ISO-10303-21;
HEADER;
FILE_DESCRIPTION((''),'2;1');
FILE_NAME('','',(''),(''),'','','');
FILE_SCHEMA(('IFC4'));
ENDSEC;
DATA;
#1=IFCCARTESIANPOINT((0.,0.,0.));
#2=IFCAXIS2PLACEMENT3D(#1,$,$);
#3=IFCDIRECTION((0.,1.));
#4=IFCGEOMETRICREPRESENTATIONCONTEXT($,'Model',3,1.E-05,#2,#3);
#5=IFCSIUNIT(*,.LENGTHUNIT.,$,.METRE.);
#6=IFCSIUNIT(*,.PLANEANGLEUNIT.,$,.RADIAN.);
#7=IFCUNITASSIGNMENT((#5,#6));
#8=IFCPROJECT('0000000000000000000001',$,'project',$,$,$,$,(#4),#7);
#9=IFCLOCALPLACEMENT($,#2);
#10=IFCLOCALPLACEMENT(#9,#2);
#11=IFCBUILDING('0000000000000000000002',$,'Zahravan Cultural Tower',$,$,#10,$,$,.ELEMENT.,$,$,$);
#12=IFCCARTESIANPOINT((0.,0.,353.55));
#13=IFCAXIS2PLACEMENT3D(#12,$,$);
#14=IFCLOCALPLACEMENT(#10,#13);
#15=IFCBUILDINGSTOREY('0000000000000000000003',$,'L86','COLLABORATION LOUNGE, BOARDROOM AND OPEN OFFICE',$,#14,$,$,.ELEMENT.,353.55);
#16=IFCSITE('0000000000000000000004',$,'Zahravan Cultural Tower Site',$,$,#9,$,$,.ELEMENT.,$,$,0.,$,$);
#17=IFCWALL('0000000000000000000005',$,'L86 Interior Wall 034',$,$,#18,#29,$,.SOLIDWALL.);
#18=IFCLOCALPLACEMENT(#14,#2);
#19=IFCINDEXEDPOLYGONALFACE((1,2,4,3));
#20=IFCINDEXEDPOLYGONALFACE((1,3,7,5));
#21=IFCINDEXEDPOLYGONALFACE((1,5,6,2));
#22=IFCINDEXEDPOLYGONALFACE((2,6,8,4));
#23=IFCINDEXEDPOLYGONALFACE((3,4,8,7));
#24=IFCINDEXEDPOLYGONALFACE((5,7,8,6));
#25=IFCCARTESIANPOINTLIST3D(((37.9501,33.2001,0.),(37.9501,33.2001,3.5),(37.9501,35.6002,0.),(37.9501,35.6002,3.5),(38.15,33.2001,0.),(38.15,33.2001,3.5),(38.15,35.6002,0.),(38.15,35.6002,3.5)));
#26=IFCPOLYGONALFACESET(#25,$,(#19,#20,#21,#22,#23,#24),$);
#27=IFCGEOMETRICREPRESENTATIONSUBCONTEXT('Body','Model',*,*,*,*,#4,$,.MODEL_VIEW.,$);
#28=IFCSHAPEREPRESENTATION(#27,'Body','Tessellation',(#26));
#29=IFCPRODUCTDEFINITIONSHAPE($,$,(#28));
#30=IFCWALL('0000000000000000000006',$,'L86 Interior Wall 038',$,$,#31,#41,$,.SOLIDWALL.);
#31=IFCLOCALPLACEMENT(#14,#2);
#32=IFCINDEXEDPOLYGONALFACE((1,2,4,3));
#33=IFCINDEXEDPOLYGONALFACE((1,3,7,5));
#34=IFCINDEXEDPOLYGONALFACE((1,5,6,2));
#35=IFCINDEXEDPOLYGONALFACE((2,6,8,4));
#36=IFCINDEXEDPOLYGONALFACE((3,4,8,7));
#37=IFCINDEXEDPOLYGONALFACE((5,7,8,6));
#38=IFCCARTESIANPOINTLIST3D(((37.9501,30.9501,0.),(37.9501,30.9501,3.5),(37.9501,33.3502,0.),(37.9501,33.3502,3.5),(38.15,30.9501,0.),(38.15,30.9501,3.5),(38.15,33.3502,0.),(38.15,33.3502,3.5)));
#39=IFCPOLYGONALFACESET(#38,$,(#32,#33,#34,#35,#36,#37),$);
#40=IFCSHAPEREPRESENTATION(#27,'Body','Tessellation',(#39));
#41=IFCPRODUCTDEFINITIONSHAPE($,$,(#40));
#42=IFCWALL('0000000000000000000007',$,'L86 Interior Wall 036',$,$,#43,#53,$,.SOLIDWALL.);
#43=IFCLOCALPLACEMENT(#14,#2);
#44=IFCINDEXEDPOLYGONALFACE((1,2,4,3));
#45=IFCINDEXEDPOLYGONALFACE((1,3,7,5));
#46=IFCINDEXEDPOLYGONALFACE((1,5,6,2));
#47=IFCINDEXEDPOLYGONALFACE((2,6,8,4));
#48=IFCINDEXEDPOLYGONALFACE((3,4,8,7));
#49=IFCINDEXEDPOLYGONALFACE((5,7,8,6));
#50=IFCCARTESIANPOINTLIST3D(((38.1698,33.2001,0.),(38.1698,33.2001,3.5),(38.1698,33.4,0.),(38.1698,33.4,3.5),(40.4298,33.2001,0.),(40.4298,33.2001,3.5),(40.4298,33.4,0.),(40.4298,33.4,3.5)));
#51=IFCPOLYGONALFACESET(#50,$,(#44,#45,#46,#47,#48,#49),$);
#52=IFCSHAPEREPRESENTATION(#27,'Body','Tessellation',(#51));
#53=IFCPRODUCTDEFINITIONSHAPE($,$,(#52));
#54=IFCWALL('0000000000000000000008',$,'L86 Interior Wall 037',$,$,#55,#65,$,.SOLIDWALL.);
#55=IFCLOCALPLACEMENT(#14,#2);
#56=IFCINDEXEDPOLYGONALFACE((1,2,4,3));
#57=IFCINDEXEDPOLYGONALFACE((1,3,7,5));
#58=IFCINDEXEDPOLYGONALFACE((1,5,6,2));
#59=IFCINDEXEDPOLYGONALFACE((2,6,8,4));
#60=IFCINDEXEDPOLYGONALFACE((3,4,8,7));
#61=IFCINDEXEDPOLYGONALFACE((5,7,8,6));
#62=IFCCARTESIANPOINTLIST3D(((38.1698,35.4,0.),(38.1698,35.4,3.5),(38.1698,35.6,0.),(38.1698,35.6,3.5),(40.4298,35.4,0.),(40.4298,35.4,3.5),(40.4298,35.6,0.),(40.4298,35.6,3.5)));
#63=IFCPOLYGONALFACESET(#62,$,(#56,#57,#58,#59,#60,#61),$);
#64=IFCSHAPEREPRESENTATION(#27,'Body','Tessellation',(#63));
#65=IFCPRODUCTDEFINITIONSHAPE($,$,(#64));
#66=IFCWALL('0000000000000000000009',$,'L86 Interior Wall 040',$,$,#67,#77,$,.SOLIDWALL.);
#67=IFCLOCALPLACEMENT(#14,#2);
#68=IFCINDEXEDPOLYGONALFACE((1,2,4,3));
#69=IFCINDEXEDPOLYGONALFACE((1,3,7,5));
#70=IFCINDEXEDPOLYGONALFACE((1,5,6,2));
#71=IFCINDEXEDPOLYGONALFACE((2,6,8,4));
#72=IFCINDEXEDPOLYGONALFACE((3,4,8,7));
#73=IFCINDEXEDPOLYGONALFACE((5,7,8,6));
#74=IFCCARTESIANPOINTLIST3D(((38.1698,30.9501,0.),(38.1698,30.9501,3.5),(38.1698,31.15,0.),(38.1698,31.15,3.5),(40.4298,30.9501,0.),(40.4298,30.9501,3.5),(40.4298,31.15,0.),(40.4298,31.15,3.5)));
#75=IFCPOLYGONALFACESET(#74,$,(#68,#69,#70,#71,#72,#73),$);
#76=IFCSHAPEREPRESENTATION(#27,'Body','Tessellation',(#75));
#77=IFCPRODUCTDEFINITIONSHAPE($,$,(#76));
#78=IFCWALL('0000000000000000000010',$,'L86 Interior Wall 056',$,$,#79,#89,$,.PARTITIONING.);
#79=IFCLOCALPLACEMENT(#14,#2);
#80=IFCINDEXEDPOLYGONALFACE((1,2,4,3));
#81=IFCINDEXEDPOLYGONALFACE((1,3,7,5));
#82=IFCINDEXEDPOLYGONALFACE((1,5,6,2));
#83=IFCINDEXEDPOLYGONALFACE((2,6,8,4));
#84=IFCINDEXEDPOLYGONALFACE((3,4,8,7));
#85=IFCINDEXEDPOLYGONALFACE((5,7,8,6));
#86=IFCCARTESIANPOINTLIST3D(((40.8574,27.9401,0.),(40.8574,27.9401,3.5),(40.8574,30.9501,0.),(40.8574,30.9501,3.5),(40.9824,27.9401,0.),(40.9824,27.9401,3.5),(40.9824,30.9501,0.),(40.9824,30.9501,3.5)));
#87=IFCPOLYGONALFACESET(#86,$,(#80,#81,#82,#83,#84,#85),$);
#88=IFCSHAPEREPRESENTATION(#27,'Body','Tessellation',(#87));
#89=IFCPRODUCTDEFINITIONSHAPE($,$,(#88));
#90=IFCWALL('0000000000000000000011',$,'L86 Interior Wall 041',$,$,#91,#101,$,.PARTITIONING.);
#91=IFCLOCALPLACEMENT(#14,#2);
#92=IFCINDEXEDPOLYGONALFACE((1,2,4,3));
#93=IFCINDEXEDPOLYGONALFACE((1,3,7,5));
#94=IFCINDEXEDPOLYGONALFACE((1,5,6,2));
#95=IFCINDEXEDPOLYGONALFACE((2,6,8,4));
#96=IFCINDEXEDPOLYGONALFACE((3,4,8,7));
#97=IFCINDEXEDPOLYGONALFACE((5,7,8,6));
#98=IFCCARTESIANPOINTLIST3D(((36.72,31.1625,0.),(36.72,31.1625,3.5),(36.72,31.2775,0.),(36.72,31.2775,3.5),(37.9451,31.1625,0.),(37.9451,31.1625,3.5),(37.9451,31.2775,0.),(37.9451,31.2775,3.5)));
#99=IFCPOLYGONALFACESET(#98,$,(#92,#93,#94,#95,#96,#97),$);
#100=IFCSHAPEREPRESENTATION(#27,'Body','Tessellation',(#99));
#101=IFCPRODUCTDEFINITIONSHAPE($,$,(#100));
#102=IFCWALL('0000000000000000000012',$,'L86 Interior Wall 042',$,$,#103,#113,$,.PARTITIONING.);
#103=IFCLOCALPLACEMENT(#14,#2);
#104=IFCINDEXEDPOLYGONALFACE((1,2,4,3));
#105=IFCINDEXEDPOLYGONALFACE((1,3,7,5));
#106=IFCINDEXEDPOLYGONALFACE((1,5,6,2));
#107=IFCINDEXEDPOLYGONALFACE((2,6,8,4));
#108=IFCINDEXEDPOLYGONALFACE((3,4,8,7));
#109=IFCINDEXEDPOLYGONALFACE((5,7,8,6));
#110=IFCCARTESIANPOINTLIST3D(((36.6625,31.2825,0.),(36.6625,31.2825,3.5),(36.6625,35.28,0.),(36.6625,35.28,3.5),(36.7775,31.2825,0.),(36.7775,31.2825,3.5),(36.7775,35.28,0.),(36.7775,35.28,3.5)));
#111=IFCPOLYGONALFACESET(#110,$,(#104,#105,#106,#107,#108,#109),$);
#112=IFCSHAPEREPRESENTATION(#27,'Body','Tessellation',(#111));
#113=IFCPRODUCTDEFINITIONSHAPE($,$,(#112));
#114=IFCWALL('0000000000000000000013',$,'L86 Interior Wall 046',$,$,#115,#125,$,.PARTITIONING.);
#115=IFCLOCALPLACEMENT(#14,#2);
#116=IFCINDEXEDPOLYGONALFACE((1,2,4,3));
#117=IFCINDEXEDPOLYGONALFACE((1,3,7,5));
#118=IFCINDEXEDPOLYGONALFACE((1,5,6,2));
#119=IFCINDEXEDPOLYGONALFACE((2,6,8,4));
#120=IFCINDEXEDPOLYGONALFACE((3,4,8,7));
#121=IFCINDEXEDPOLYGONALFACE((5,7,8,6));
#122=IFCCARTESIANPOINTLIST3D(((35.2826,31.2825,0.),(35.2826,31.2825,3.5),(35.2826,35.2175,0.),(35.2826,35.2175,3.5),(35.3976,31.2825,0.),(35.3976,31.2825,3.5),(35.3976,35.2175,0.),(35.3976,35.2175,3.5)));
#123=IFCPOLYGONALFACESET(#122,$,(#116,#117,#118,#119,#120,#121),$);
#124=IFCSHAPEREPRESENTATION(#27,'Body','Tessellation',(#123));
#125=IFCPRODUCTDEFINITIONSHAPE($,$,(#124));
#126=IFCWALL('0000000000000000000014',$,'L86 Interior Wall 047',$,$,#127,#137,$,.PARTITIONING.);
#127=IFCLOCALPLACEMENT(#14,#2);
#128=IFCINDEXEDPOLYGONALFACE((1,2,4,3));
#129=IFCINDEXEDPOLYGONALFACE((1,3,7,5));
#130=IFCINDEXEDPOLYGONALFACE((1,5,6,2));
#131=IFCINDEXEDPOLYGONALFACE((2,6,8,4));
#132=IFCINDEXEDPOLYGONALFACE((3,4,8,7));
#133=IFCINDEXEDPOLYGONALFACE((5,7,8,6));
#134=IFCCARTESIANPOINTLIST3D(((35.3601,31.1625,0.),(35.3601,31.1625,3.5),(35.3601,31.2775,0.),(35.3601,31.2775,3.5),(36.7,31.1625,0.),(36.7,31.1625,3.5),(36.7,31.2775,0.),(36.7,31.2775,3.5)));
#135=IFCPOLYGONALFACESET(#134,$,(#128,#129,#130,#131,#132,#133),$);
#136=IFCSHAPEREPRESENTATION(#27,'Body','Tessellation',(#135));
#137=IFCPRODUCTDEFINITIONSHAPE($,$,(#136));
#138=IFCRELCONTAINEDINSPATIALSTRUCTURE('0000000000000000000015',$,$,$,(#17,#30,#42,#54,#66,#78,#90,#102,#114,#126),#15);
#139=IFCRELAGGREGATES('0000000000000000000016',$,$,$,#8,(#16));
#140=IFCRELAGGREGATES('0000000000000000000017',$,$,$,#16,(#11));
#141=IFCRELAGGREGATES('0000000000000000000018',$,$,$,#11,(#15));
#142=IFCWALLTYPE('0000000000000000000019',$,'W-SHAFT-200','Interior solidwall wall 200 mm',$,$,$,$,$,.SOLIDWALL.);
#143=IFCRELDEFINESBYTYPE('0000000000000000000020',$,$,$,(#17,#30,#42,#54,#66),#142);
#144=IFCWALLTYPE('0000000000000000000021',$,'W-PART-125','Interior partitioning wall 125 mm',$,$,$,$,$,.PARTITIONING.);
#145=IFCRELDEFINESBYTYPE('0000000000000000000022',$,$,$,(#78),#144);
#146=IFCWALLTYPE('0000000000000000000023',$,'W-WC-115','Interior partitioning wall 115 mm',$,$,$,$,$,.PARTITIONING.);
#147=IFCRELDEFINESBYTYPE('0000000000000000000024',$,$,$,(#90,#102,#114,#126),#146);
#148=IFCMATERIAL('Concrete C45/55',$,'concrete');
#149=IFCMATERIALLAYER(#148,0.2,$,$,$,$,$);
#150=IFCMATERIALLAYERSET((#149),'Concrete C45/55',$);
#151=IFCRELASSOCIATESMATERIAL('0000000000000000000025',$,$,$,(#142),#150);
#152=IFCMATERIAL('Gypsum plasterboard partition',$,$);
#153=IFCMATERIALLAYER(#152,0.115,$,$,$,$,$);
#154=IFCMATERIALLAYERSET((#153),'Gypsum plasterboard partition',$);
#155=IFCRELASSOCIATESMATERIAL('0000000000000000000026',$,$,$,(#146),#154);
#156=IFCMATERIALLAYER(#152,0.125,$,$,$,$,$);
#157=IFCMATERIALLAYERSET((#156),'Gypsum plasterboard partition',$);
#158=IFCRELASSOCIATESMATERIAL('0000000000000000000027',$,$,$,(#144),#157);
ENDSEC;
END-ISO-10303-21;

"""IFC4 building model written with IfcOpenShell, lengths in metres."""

from ifc_helpers import new_model, si_unit, direction, frame, frame_2d, origin, place, context, subcontext, project, spatial, rectangle, extrude, source, transform, mapped, material, layer, layer_set, type_object, element, save


model = new_model("IFC4")

# Units and contexts
model_context = context("Model", 3, precision=1e-05, world=origin(), true_north=direction((0.0, 1.0)))
body_context = subcontext(model_context, "Body", "Model", "MODEL_VIEW")
ifc_project = project(units=[si_unit("LENGTHUNIT", "METRE"), si_unit("PLANEANGLEUNIT", "RADIAN")], contexts=[model_context])

# Site, building, storey
site_placement = place(None, origin())
site = spatial("IfcSite", under=ifc_project, at=site_placement, Name="Zahravan Cultural Tower Site", CompositionType="ELEMENT", RefElevation=0.0)
building_placement = place(site_placement, origin())
building = spatial("IfcBuilding", under=site, at=building_placement, Name="Zahravan Cultural Tower", CompositionType="ELEMENT")
storey_placement = place(building_placement, frame((0.0, 0.0, 353.55)))
storey = spatial("IfcBuildingStorey", under=building, at=storey_placement, Name="L86", Description="COLLABORATION LOUNGE, BOARDROOM AND OPEN OFFICE", CompositionType="ELEMENT", Elevation=353.55)

# Shared definitions
ifc_material_1 = material(Name="Concrete C45/55", Category="concrete")
ifc_layer_1 = layer(ifc_material_1, 0.2)
ifc_layer_set_1 = layer_set([ifc_layer_1], Name="Concrete C45/55")
wall_type_1 = type_object("IfcWallType", Name="W-SHAFT-200", Description="Interior solidwall wall 200 mm", PredefinedType="SOLIDWALL", material=ifc_layer_set_1)
ifc_material_2 = material(Name="Gypsum plasterboard partition")
ifc_layer_2 = layer(ifc_material_2, 0.115)
ifc_layer_set_2 = layer_set([ifc_layer_2], Name="Gypsum plasterboard partition")
wall_type_2 = type_object("IfcWallType", Name="W-WC-115", Description="Interior partitioning wall 115 mm", PredefinedType="PARTITIONING", material=ifc_layer_set_2)

# Walls
shared_shape_1 = source(origin(), body_context, "Body", "SweptSolid", [
    extrude(rectangle(XDim=2.4001, YDim=0.2, at=frame_2d((1.2002, 0.0))), origin(), (0.0, 0.0, 1.0), 3.5),
])
for number, where, z_axis, x_axis, name in (
    (1, (38.05, 33.2, 0.0), (0.0, 0.0, 1.0), (0.0, 1.0, 0.0), "L86 Interior Wall 034"),
    (2, (38.05, 30.95, 0.0), (0.0, 0.0, 1.0), (0.0, 1.0, 0.0), "L86 Interior Wall 038"),
):
    element("IfcWall", number, at=place(storey_placement, frame(where, z_axis=z_axis, x_axis=x_axis)), inside=storey, type_object=wall_type_1, Name=name, PredefinedType="SOLIDWALL", context=body_context, shape_type="MappedRepresentation", body=[
        mapped(shared_shape_1, transform((0.0, 0.0, 0.0), x_axis=(1.0, 0.0, 0.0), y_axis=(0.0, 1.0, 0.0), z_axis=(0.0, 0.0, 1.0), scale=1.0)),
    ])
shared_shape_2 = source(origin(), body_context, "Body", "SweptSolid", [
    extrude(rectangle(XDim=2.26, YDim=0.2, at=frame_2d((1.1299, 0.0))), origin(), (0.0, 0.0, 1.0), 3.5),
])
for number, where, z_axis, x_axis, name in (
    (3, (38.1699, 33.3, 0.0), (0.0, 0.0, 1.0), (1.0, 0.0, 0.0), "L86 Interior Wall 036"),
    (4, (38.1699, 35.5, 0.0), (0.0, 0.0, 1.0), (1.0, 0.0, 0.0), "L86 Interior Wall 037"),
    (5, (38.1699, 31.05, 0.0), (0.0, 0.0, 1.0), (1.0, 0.0, 0.0), "L86 Interior Wall 040"),
):
    element("IfcWall", number, at=place(storey_placement, frame(where, z_axis=z_axis, x_axis=x_axis)), inside=storey, type_object=wall_type_1, Name=name, PredefinedType="SOLIDWALL", context=body_context, shape_type="MappedRepresentation", body=[
        mapped(shared_shape_2, transform((0.0, 0.0, 0.0), x_axis=(1.0, 0.0, 0.0), y_axis=(0.0, 1.0, 0.0), z_axis=(0.0, 0.0, 1.0), scale=1.0)),
    ])
ifc_layer_3 = layer(ifc_material_2, 0.125)
ifc_layer_set_3 = layer_set([ifc_layer_3], Name="Gypsum plasterboard partition")
wall_type_3 = type_object("IfcWallType", Name="W-PART-125", Description="Interior partitioning wall 125 mm", PredefinedType="PARTITIONING", material=ifc_layer_set_3)
shared_shape_3 = source(origin(), body_context, "Body", "SweptSolid", [
    extrude(rectangle(XDim=3.01, YDim=0.125, at=frame_2d((1.5049, 0.0))), origin(), (0.0, 0.0, 1.0), 3.5),
])
wall_1_placement = place(storey_placement, frame((40.9199, 30.95, 0.0), z_axis=(0.0, 0.0, 1.0), x_axis=(0.0, -1.0, 0.0)))
element("IfcWall", 6, at=wall_1_placement, inside=storey, type_object=wall_type_3, Name="L86 Interior Wall 056", PredefinedType="PARTITIONING", context=body_context, shape_type="MappedRepresentation", body=[
    mapped(shared_shape_3, transform((0.0, 0.0, 0.0), x_axis=(1.0, 0.0, 0.0), y_axis=(0.0, 1.0, 0.0), z_axis=(0.0, 0.0, 1.0), scale=1.0)),
])
shared_shape_4 = source(origin(), body_context, "Body", "SweptSolid", [
    extrude(rectangle(XDim=1.2251, YDim=0.115, at=frame_2d((0.6125, 0.0))), origin(), (0.0, 0.0, 1.0), 3.5),
])
wall_2_placement = place(storey_placement, frame((37.9451, 31.22, 0.0), z_axis=(0.0, 0.0, 1.0), x_axis=(-1.0, 0.0, 0.0)))
element("IfcWall", 7, at=wall_2_placement, inside=storey, type_object=wall_type_2, Name="L86 Interior Wall 041", PredefinedType="PARTITIONING", context=body_context, shape_type="MappedRepresentation", body=[
    mapped(shared_shape_4, transform((0.0, 0.0, 0.0), x_axis=(1.0, 0.0, 0.0), y_axis=(0.0, 1.0, 0.0), z_axis=(0.0, 0.0, 1.0), scale=1.0)),
])
shared_shape_5 = source(origin(), body_context, "Body", "SweptSolid", [
    extrude(rectangle(XDim=3.9976, YDim=0.115, at=frame_2d((1.9988, 0.0))), origin(), (0.0, 0.0, 1.0), 3.5),
])
wall_3_placement = place(storey_placement, frame((36.72, 31.2825, 0.0), z_axis=(0.0, 0.0, 1.0), x_axis=(0.0, 1.0, 0.0)))
element("IfcWall", 8, at=wall_3_placement, inside=storey, type_object=wall_type_2, Name="L86 Interior Wall 042", PredefinedType="PARTITIONING", context=body_context, shape_type="MappedRepresentation", body=[
    mapped(shared_shape_5, transform((0.0, 0.0, 0.0), x_axis=(1.0, 0.0, 0.0), y_axis=(0.0, 1.0, 0.0), z_axis=(0.0, 0.0, 1.0), scale=1.0)),
])
shared_shape_6 = source(origin(), body_context, "Body", "SweptSolid", [
    extrude(rectangle(XDim=3.9351, YDim=0.115, at=frame_2d((1.9675, 0.0))), origin(), (0.0, 0.0, 1.0), 3.5),
])
wall_4_placement = place(storey_placement, frame((35.3401, 35.2175, 0.0), z_axis=(0.0, 0.0, 1.0), x_axis=(0.0, -1.0, 0.0)))
element("IfcWall", 9, at=wall_4_placement, inside=storey, type_object=wall_type_2, Name="L86 Interior Wall 046", PredefinedType="PARTITIONING", context=body_context, shape_type="MappedRepresentation", body=[
    mapped(shared_shape_6, transform((0.0, 0.0, 0.0), x_axis=(1.0, 0.0, 0.0), y_axis=(0.0, 1.0, 0.0), z_axis=(0.0, 0.0, 1.0), scale=1.0)),
])
shared_shape_7 = source(origin(), body_context, "Body", "SweptSolid", [
    extrude(rectangle(XDim=1.3398, YDim=0.115, at=frame_2d((0.6699, 0.0))), origin(), (0.0, 0.0, 1.0), 3.5),
])
wall_5_placement = place(storey_placement, frame((36.7, 31.22, 0.0), z_axis=(0.0, 0.0, 1.0), x_axis=(-1.0, 0.0, 0.0)))
element("IfcWall", 10, at=wall_5_placement, inside=storey, type_object=wall_type_2, Name="L86 Interior Wall 047", PredefinedType="PARTITIONING", context=body_context, shape_type="MappedRepresentation", body=[
    mapped(shared_shape_7, transform((0.0, 0.0, 0.0), x_axis=(1.0, 0.0, 0.0), y_axis=(0.0, 1.0, 0.0), z_axis=(0.0, 0.0, 1.0), scale=1.0)),
])

save(model, "model.ifc")
